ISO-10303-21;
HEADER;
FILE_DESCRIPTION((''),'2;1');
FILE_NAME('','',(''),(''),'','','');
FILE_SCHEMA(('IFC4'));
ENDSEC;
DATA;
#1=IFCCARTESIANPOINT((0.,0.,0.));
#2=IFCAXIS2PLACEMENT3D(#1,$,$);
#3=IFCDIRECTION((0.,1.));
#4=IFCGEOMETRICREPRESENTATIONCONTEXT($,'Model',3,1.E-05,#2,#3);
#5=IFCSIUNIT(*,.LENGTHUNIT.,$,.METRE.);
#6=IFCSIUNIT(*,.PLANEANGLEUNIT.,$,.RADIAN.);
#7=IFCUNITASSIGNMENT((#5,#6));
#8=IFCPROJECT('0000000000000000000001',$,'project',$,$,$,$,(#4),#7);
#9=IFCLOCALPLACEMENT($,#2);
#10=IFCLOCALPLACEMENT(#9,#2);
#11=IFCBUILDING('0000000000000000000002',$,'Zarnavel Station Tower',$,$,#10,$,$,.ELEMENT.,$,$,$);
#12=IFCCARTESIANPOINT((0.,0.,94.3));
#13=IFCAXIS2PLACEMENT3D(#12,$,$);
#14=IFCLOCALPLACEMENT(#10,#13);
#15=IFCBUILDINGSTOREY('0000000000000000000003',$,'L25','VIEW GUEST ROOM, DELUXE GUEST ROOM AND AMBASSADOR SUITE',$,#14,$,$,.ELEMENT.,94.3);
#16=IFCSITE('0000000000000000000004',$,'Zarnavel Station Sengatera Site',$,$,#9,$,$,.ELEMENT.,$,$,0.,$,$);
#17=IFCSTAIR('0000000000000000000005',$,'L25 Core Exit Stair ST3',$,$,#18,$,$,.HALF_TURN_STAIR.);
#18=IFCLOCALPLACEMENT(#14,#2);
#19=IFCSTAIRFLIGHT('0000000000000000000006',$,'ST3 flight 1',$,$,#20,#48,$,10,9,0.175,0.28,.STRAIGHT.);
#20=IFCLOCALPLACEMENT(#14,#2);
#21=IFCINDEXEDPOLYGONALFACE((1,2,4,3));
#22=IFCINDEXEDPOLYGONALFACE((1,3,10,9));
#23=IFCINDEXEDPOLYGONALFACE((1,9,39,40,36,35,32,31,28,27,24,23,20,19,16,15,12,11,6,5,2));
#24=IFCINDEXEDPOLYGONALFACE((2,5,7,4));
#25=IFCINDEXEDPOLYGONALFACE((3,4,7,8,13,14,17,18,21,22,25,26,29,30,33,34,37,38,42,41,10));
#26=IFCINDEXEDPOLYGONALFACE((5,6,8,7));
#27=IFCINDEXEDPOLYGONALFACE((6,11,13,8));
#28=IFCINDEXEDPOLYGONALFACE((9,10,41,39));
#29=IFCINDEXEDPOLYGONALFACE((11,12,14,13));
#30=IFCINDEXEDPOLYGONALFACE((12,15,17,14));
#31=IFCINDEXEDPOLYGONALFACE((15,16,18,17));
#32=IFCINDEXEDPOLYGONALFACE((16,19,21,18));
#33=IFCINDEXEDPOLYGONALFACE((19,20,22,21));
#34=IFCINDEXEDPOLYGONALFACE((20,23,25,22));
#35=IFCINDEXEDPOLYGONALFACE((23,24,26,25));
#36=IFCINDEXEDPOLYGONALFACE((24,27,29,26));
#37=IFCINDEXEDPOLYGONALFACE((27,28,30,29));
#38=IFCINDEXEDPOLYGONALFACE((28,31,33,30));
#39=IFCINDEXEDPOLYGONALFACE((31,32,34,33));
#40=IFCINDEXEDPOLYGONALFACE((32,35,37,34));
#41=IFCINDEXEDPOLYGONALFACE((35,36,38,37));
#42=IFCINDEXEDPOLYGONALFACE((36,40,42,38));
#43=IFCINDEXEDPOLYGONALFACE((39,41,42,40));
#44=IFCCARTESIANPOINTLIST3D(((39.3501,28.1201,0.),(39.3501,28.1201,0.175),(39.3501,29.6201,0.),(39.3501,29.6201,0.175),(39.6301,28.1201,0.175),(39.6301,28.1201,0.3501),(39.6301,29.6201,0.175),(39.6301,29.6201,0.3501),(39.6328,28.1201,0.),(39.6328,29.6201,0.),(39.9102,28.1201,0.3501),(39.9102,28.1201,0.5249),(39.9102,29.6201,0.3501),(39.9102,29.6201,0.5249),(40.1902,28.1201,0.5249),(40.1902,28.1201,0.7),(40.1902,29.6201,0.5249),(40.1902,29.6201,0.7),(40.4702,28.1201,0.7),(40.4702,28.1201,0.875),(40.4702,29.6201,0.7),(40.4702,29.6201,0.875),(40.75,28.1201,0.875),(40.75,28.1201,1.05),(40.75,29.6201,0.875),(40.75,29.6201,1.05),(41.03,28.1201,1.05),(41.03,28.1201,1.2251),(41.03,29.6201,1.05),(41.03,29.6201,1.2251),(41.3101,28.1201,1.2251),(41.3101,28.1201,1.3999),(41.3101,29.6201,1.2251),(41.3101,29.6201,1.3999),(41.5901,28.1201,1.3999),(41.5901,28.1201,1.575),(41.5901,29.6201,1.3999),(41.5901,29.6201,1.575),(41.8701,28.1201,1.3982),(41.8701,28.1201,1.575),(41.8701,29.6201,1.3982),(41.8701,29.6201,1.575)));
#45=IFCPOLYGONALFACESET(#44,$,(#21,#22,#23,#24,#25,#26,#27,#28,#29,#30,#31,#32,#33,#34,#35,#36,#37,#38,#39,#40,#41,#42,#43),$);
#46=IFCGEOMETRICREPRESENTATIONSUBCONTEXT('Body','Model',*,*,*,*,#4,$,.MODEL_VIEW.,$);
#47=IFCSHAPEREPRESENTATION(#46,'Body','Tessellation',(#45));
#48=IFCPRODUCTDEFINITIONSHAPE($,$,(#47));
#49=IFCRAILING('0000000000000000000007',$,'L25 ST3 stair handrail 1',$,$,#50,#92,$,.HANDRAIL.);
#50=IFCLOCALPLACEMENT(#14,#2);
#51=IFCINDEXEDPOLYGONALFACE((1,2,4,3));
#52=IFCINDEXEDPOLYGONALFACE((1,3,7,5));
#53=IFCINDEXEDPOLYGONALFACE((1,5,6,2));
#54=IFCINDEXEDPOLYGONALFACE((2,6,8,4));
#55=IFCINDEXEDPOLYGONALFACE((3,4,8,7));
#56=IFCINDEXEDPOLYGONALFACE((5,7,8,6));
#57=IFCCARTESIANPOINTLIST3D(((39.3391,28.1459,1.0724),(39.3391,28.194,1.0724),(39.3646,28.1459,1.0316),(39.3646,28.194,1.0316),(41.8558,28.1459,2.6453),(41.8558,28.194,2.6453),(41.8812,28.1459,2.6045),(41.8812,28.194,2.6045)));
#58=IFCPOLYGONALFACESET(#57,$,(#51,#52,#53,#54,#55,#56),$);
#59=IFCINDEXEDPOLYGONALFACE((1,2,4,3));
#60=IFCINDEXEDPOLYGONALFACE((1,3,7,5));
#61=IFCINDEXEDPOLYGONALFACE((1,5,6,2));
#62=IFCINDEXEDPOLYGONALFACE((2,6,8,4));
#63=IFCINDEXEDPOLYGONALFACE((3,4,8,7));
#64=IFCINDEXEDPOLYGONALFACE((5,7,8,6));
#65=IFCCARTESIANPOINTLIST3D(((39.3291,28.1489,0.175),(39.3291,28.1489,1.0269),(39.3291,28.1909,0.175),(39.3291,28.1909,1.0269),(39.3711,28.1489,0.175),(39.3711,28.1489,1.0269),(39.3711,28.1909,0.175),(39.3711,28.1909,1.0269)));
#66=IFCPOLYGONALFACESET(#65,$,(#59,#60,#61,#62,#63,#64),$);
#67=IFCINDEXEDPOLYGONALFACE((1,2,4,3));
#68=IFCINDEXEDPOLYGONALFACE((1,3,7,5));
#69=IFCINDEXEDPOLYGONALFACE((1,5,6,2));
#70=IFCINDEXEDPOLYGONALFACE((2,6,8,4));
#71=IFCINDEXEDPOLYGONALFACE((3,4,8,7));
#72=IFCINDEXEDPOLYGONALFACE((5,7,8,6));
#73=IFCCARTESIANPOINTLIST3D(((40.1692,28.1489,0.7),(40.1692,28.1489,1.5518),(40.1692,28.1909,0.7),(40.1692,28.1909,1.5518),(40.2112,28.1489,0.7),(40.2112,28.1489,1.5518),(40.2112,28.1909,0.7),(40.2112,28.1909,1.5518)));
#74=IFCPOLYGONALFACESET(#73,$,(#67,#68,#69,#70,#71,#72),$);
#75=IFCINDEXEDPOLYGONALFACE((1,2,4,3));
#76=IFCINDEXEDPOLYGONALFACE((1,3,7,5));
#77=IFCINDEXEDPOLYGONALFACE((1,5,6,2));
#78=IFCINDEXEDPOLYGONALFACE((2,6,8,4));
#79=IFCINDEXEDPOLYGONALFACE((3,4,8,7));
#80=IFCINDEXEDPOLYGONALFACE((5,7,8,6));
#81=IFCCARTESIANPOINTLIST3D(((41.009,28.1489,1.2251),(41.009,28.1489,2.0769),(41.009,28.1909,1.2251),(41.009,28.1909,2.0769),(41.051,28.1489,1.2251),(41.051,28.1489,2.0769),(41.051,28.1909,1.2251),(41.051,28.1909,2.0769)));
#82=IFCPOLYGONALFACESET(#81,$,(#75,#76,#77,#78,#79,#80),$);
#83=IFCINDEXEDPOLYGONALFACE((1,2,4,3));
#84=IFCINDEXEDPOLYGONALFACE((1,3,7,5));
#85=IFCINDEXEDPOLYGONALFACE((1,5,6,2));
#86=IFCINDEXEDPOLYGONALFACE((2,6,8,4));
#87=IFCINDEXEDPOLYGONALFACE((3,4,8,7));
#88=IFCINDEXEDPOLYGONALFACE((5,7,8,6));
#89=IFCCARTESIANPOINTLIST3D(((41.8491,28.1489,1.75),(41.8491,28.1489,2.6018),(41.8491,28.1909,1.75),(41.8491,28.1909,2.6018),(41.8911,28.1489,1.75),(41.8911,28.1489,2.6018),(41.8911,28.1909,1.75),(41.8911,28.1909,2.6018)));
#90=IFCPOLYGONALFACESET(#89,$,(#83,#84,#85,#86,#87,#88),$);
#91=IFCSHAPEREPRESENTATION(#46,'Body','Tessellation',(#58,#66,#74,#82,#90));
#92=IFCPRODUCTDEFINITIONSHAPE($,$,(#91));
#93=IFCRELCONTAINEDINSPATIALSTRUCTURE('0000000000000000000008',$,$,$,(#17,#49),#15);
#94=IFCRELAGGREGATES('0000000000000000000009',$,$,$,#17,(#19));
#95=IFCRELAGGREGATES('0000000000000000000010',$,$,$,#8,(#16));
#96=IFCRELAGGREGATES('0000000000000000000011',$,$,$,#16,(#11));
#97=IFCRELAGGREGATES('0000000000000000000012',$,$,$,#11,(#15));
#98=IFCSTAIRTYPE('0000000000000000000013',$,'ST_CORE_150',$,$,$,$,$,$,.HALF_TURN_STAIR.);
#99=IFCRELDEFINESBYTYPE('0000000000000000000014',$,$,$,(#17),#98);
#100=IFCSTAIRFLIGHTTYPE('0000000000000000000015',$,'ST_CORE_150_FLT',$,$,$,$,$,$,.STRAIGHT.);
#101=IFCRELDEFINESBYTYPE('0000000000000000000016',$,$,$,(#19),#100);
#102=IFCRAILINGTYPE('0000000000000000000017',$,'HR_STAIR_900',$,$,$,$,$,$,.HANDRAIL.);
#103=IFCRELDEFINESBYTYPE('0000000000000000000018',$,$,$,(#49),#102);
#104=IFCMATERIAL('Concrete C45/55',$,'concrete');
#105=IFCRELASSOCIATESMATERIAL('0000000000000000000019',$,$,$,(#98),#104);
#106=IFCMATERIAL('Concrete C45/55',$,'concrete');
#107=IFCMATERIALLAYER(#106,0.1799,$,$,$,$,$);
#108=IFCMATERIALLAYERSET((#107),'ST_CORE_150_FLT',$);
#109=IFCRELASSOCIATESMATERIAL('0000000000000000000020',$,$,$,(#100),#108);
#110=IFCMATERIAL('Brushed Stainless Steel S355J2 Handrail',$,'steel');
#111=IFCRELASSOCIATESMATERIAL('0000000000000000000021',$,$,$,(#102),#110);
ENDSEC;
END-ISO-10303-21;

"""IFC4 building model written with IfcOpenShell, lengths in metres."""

from ifc_helpers import new_model, si_unit, direction, frame, origin, origin_2d, place, context, subcontext, project, spatial, polyline, rectangle, outline, extrude, material, layer, layer_set, type_object, element, aggregate, save


model = new_model("IFC4")

# Units and contexts
model_context = context("Model", 3, precision=1e-05, world=origin(), true_north=direction((0.0, 1.0)))
body_context = subcontext(model_context, "Body", "Model", "MODEL_VIEW")
ifc_project = project(units=[si_unit("LENGTHUNIT", "METRE"), si_unit("PLANEANGLEUNIT", "RADIAN")], contexts=[model_context])

# Site, building, storey
site_placement = place(None, origin())
site = spatial("IfcSite", under=ifc_project, at=site_placement, Name="Zarnavel Station Sengatera Site", CompositionType="ELEMENT", RefElevation=0.0)
building_placement = place(site_placement, origin())
building = spatial("IfcBuilding", under=site, at=building_placement, Name="Zarnavel Station Tower", CompositionType="ELEMENT")
storey_placement = place(building_placement, frame((0.0, 0.0, 94.3)))
storey = spatial("IfcBuildingStorey", under=building, at=storey_placement, Name="L25", Description="VIEW GUEST ROOM, DELUXE GUEST ROOM AND AMBASSADOR SUITE", CompositionType="ELEMENT", Elevation=94.3)

# Stair, stair flight
ifc_material_1 = material(Name="Concrete C45/55", Category="concrete")
stair_type = type_object("IfcStairType", Name="ST_CORE_150", PredefinedType="HALF_TURN_STAIR", material=ifc_material_1)
stair_placement = place(storey_placement, origin())
stair = element("IfcStair", 1, at=stair_placement, inside=storey, type_object=stair_type, Name="L25 Core Exit Stair ST3", PredefinedType="HALF_TURN_STAIR")
ifc_material_2 = material(Name="Concrete C45/55", Category="concrete")
ifc_layer_1 = layer(ifc_material_2, 0.1799)
ifc_layer_set_1 = layer_set([ifc_layer_1], Name="ST_CORE_150_FLT")
stair_flight_type = type_object("IfcStairFlightType", Name="ST_CORE_150_FLT", PredefinedType="STRAIGHT", material=ifc_layer_set_1)
stair_flight_placement = place(storey_placement, frame((39.3501, 28.8701, 0.0), z_axis=(0.0, 0.0, 1.0), x_axis=(1.0, 0.0, 0.0)))
stair_flight = element("IfcStairFlight", 2, at=stair_flight_placement, type_object=stair_flight_type, Name="ST3 flight 1", NumberOfRisers=10, NumberOfTreads=9, PredefinedType="STRAIGHT", RiserHeight=0.175, TreadLength=0.28, context=body_context, shape_type="SweptSolid", body=[
    extrude(outline(polyline([(0.0, 0.0), (0.0, 0.175), (0.28, 0.175), (0.28, 0.3501), (0.5601, 0.3501), (0.5601, 0.5249), (0.8401, 0.5249), (0.8401, 0.7), (1.1201, 0.7), (1.1201, 0.875), (1.3999, 0.875), (1.3999, 1.05), (1.6799, 1.05), (1.6799, 1.2251), (1.96, 1.2251), (1.96, 1.3999), (2.24, 1.3999), (2.24, 1.575), (2.52, 1.575), (2.52, 1.75), (2.52, 1.3982), (0.2827, 0.0), (0.0, 0.0)])), frame((0.0, 0.75, 0.0), z_axis=(0.0, -1.0, 0.0), x_axis=(1.0, 0.0, 0.0)), (0.0, 0.0, 1.0), 1.5),
])
aggregate(stair, [stair_flight])

# Railing
ifc_material_3 = material(Name="Brushed Stainless Steel S355J2 Handrail", Category="steel")
railing_type = type_object("IfcRailingType", Name="HR_STAIR_900", PredefinedType="HANDRAIL", material=ifc_material_3)
railing_placement = place(storey_placement, frame((39.3501, 28.1699, 0.175)))
element("IfcRailing", 3, at=railing_placement, inside=storey, type_object=railing_type, Name="L25 ST3 stair handrail 1", PredefinedType="HANDRAIL", context=body_context, shape_type="SweptSolid", body=[
    extrude(rectangle(XDim=0.0481, YDim=0.0481, at=origin_2d()), frame((0.0017, 0.0, 0.877), z_axis=(0.848008, 0.0, 0.529984), x_axis=(0.0, 1.0, 0.0)), (0.0, 0.0, 1.0), 2.9678),
    extrude(rectangle(XDim=0.042, YDim=0.042, at=origin_2d()), origin(), (0.0, 0.0, 1.0), 0.8518),
    extrude(rectangle(XDim=0.042, YDim=0.042, at=origin_2d()), frame((0.8401, 0.0, 0.5249)), (0.0, 0.0, 1.0), 0.8518),
    extrude(rectangle(XDim=0.042, YDim=0.042, at=origin_2d()), frame((1.6799, 0.0, 1.05)), (0.0, 0.0, 1.0), 0.8518),
    extrude(rectangle(XDim=0.042, YDim=0.042, at=origin_2d()), frame((2.52, 0.0, 1.575)), (0.0, 0.0, 1.0), 0.8518),
])

save(model, "model.ifc")
